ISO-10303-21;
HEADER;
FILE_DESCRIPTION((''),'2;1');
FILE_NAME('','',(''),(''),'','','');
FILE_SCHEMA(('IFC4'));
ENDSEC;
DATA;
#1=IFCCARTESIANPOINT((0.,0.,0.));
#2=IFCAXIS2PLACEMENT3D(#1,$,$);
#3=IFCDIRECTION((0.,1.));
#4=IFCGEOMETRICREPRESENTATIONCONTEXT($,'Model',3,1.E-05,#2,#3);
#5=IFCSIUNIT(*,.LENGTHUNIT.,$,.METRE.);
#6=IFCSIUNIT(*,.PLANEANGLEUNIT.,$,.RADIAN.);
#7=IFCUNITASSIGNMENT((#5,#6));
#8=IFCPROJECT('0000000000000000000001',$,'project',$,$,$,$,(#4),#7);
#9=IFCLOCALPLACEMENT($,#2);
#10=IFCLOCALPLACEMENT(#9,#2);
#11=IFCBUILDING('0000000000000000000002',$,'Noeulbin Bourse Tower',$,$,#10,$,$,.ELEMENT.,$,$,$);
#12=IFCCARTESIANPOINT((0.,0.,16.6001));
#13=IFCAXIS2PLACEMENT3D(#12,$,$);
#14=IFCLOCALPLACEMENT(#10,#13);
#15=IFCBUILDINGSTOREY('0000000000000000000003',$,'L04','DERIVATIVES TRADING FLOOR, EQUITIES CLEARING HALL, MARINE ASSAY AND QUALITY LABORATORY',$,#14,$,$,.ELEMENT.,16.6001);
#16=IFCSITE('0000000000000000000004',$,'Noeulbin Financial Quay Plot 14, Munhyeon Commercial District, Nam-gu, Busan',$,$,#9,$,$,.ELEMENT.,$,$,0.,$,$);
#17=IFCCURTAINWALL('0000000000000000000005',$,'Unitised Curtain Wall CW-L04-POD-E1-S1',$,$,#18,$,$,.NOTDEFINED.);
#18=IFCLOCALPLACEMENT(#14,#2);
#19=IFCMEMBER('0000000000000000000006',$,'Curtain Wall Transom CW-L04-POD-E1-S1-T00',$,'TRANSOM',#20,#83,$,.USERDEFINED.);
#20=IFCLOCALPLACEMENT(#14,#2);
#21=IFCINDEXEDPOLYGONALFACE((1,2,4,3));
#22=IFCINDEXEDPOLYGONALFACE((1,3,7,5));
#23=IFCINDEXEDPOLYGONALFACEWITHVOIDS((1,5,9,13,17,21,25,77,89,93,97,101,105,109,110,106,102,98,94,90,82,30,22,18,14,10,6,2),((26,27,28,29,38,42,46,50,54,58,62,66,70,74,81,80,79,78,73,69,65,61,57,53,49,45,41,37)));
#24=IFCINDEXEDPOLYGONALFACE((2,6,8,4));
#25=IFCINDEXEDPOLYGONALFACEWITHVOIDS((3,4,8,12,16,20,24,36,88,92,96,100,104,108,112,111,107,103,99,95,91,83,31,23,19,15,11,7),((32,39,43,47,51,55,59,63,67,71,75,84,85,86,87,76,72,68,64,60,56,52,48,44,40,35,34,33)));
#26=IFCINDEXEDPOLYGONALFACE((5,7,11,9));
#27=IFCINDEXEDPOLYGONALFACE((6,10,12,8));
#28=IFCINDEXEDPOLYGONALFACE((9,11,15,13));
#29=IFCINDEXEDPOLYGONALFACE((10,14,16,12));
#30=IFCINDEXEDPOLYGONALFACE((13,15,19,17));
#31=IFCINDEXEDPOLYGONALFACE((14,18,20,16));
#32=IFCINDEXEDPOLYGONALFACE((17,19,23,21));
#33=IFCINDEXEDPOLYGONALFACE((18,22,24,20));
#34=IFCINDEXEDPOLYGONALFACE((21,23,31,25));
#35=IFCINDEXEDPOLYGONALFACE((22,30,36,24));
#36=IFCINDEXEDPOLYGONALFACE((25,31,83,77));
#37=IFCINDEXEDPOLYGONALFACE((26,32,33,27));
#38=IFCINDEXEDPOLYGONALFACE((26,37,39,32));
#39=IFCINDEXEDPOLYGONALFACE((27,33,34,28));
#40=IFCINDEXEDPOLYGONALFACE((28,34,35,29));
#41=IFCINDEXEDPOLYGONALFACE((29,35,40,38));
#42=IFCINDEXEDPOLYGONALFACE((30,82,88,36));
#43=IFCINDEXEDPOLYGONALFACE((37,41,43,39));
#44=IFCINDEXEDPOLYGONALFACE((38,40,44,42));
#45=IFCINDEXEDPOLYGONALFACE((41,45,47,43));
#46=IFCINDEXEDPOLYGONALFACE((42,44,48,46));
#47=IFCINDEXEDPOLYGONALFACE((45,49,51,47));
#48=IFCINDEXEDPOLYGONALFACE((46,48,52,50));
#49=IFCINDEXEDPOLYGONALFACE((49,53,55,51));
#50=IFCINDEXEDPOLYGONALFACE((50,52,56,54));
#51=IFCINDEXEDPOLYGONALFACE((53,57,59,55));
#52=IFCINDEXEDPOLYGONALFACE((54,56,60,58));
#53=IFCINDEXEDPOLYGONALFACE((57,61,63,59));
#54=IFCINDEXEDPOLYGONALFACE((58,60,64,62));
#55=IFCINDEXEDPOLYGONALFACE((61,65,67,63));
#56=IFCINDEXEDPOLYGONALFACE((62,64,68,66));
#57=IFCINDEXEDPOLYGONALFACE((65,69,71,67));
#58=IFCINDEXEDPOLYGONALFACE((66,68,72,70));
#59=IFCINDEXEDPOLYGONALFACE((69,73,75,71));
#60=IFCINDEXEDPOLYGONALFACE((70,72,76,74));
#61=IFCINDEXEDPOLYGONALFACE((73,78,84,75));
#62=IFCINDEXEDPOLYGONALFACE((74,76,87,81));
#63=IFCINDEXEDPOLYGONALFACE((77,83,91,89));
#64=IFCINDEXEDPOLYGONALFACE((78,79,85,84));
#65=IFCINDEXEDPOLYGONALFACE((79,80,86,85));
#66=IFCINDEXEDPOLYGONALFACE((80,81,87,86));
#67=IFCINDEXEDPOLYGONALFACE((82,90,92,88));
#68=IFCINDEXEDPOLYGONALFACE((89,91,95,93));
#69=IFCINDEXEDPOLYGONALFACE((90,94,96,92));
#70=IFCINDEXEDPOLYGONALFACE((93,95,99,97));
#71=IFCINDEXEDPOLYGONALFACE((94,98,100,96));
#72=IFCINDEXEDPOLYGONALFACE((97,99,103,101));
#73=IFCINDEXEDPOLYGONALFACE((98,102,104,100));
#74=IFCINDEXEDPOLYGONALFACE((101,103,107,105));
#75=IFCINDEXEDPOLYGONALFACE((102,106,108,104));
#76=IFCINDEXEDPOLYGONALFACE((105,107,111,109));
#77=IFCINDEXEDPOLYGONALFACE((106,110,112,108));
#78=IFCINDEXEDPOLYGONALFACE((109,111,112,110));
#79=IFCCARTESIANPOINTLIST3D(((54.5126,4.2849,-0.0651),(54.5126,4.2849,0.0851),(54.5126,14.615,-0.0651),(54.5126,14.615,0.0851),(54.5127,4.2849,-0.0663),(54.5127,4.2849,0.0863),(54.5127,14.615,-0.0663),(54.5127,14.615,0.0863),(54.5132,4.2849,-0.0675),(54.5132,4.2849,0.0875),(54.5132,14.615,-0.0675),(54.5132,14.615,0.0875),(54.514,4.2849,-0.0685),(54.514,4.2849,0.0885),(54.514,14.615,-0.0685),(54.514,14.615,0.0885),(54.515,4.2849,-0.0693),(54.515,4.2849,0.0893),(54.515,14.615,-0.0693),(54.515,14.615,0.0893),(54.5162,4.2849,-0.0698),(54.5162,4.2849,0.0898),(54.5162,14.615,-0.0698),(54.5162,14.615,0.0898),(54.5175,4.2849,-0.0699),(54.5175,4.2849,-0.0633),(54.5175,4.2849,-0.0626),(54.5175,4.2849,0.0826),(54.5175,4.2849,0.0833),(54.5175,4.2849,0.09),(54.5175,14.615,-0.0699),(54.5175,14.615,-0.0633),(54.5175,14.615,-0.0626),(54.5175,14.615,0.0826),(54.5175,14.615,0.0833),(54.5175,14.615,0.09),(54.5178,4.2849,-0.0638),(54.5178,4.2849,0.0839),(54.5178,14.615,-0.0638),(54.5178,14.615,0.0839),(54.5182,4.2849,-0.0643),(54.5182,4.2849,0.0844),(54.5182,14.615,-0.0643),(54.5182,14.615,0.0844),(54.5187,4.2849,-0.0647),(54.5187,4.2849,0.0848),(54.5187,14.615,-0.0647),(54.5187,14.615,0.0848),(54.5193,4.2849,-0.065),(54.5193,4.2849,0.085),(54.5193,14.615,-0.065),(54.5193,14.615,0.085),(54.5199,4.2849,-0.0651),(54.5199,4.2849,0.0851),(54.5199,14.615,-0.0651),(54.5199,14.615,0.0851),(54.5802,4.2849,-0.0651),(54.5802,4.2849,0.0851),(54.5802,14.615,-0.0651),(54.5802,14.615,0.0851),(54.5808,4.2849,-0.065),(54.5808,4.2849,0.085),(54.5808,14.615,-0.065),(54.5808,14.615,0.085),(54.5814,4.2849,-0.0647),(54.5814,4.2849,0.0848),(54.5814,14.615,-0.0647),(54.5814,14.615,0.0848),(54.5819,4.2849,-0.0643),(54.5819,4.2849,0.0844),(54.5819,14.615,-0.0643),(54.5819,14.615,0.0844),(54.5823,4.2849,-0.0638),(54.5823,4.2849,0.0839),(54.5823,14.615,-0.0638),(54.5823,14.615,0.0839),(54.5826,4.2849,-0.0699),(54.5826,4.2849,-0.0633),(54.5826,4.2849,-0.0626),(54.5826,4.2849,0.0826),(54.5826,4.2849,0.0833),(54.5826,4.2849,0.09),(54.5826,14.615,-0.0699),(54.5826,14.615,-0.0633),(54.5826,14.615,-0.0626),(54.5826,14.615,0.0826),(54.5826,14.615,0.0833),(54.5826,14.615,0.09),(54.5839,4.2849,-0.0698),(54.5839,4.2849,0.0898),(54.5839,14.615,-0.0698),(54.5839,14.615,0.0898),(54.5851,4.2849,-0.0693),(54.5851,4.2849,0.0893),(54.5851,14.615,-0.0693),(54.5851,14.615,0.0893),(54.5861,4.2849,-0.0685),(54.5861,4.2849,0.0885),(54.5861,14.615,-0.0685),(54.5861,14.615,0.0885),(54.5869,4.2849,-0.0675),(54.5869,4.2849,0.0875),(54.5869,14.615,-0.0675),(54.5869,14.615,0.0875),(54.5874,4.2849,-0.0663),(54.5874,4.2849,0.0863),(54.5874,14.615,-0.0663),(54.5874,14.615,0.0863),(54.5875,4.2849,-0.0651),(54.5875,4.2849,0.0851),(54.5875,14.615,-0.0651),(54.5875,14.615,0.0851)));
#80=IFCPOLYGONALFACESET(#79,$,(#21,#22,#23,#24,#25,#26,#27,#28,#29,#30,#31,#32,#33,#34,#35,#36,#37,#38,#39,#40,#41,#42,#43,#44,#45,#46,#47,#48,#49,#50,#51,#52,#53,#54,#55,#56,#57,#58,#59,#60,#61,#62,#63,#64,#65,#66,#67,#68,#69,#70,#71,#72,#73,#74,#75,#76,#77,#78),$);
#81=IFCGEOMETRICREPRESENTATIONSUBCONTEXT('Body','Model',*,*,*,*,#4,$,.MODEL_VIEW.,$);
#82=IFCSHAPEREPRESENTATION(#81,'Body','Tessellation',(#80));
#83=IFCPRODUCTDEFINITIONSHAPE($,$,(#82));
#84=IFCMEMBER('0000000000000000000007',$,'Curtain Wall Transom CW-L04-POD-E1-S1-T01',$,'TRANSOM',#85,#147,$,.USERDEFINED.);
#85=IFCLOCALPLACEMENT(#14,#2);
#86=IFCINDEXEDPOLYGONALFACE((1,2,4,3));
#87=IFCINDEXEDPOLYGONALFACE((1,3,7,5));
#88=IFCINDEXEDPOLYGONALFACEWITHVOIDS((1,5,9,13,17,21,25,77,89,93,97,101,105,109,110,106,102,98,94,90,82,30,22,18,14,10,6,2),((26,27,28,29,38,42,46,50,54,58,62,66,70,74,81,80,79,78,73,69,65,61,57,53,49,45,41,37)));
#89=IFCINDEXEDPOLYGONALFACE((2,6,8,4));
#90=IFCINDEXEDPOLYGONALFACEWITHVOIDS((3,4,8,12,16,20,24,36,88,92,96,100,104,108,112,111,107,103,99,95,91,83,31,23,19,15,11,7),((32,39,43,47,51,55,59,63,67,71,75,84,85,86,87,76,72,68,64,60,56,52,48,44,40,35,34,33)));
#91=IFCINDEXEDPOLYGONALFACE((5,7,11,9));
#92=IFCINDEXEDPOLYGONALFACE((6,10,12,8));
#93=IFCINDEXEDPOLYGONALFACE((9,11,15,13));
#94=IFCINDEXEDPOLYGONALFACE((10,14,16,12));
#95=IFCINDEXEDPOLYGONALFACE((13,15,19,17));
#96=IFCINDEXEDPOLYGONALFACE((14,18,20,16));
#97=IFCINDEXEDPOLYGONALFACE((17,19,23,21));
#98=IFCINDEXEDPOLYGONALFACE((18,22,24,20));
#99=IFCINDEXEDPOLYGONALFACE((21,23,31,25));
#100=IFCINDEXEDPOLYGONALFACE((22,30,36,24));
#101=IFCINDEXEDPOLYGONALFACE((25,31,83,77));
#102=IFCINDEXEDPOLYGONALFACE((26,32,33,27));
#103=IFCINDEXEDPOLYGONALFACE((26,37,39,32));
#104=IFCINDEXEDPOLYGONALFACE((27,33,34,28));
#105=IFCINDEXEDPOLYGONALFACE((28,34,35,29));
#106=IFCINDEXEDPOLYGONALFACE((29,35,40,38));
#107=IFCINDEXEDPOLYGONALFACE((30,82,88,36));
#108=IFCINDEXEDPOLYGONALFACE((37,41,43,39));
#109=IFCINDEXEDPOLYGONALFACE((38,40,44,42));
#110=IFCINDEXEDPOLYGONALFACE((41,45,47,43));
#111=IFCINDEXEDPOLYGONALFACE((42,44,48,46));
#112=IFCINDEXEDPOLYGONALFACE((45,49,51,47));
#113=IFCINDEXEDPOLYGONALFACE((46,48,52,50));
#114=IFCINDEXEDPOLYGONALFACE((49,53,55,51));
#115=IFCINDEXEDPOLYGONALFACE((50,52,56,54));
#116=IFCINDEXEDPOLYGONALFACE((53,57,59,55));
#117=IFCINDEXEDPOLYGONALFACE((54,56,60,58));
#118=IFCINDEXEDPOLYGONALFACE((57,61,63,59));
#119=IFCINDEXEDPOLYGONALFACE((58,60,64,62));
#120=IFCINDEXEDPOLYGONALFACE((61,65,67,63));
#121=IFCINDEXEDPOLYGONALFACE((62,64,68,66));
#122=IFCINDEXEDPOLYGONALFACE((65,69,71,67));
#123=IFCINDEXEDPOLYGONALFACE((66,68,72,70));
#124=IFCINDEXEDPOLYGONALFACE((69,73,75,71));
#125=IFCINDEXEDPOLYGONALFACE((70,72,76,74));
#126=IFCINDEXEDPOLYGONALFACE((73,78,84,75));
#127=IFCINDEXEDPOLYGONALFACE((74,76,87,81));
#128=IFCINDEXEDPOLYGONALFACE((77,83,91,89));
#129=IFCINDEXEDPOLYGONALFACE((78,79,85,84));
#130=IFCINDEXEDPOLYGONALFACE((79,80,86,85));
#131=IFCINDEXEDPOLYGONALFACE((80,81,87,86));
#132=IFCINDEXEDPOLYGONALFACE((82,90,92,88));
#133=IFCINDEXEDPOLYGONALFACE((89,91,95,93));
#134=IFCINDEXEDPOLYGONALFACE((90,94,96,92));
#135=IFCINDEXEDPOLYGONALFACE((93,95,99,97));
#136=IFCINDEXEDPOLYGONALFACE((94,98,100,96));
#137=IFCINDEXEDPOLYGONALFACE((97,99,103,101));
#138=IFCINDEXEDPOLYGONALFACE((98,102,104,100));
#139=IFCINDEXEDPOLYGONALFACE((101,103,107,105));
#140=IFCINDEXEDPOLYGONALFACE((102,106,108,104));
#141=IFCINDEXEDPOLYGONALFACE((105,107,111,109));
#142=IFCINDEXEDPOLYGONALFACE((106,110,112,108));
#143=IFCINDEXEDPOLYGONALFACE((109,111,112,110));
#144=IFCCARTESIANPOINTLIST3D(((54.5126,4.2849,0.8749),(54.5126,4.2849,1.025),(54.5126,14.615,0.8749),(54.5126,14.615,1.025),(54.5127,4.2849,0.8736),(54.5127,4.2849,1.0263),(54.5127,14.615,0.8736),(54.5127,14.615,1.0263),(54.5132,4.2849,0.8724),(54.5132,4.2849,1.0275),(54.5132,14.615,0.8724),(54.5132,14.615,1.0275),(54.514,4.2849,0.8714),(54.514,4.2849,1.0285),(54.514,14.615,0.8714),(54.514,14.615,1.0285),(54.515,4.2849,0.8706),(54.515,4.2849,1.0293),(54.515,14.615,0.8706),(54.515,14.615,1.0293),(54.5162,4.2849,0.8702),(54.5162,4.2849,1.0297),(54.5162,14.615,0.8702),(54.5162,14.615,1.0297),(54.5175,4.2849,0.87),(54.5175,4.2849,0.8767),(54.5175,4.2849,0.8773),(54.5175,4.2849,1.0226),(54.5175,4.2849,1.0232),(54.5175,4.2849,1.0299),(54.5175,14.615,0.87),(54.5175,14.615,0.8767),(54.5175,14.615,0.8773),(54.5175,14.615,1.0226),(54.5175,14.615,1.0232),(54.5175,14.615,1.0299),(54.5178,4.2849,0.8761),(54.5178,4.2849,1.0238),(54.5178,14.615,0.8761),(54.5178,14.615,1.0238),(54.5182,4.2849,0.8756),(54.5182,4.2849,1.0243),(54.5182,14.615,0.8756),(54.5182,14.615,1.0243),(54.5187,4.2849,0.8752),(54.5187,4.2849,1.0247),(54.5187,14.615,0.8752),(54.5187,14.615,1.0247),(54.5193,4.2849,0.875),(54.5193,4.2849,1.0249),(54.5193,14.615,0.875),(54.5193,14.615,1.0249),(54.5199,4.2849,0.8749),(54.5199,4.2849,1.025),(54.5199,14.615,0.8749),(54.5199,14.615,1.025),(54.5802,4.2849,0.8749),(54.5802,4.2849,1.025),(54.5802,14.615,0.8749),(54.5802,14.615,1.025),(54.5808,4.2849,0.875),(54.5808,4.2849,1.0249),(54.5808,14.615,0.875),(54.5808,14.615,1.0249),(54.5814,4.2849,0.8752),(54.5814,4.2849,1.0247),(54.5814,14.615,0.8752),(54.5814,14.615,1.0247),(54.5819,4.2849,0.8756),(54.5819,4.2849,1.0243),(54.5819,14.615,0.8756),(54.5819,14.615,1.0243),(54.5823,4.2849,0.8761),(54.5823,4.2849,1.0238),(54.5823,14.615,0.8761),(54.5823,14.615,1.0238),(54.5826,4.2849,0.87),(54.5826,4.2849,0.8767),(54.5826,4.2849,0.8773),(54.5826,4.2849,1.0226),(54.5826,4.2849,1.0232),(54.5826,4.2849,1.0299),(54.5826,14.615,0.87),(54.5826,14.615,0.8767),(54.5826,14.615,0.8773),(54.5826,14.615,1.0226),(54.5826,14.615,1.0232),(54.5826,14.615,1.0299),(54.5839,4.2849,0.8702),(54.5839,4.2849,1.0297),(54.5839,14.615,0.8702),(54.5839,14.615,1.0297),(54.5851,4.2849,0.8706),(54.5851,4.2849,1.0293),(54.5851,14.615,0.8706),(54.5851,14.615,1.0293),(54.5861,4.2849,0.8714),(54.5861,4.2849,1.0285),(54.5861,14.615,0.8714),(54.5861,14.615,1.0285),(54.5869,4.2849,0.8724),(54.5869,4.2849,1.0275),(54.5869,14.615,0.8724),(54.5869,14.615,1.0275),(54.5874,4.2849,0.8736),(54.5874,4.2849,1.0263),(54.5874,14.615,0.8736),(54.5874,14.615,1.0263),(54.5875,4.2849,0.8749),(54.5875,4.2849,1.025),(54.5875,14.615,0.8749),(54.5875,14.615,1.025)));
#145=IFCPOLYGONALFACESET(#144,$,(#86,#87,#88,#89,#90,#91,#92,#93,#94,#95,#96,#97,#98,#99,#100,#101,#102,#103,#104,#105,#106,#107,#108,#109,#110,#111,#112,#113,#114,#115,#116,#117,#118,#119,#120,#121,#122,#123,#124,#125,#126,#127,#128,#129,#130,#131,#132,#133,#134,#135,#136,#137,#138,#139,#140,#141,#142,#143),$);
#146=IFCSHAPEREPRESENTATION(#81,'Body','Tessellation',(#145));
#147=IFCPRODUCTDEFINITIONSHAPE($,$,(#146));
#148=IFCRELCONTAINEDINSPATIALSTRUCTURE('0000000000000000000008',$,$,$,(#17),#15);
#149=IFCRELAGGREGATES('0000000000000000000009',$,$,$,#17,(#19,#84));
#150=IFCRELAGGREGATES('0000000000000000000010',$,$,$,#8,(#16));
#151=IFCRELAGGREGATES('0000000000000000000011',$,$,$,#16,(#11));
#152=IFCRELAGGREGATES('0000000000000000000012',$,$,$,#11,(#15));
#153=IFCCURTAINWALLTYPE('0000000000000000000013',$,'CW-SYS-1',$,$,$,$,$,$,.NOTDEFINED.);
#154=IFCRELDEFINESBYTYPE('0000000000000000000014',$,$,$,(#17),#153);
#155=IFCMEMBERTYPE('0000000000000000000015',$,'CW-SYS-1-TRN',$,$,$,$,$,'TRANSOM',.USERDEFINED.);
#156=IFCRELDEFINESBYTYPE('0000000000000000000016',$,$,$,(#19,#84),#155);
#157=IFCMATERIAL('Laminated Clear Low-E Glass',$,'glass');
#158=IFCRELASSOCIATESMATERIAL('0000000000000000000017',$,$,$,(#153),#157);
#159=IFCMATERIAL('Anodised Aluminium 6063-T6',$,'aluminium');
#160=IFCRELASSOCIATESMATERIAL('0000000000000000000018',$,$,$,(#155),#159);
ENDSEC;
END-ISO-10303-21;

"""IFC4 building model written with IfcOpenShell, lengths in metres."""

from ifc_helpers import new_model, si_unit, direction, frame, origin, origin_2d, place, context, subcontext, project, spatial, hollow_rectangle, extrude, material, material_profile, profile_set, type_object, element, aggregate, save


model = new_model("IFC4")

# Units and contexts
model_context = context("Model", 3, precision=1e-05, world=origin(), true_north=direction((0.0, 1.0)))
body_context = subcontext(model_context, "Body", "Model", "MODEL_VIEW")
ifc_project = project(units=[si_unit("LENGTHUNIT", "METRE"), si_unit("PLANEANGLEUNIT", "RADIAN")], contexts=[model_context])

# Site, building, storey
site_placement = place(None, origin())
site = spatial("IfcSite", under=ifc_project, at=site_placement, Name="Noeulbin Financial Quay Plot 14, Munhyeon Commercial District, Nam-gu, Busan", CompositionType="ELEMENT", RefElevation=0.0)
building_placement = place(site_placement, origin())
building = spatial("IfcBuilding", under=site, at=building_placement, Name="Noeulbin Bourse Tower", CompositionType="ELEMENT")
storey_placement = place(building_placement, frame((0.0, 0.0, 16.6001)))
storey = spatial("IfcBuildingStorey", under=building, at=storey_placement, Name="L04", Description="DERIVATIVES TRADING FLOOR, EQUITIES CLEARING HALL, MARINE ASSAY AND QUALITY LABORATORY", CompositionType="ELEMENT", Elevation=16.6001)

# Shared definitions
ifc_material_1 = material(Name="Laminated Clear Low-E Glass", Category="glass")
curtain_wall_type = type_object("IfcCurtainWallType", Name="CW-SYS-1", PredefinedType="NOTDEFINED", material=ifc_material_1)
ifc_material_2 = material(Name="Anodised Aluminium 6063-T6", Category="aluminium")

# Curtain wall
curtain_wall_1_placement = place(storey_placement, origin())
curtain_wall_1 = element("IfcCurtainWall", 1, at=curtain_wall_1_placement, inside=storey, type_object=curtain_wall_type, Name="Unitised Curtain Wall CW-L04-POD-E1-S1", PredefinedType="NOTDEFINED")

# Members
ifc_material_profile_1 = material_profile(ifc_material_2, hollow_rectangle(XDim=0.075, YDim=0.1599, WallThickness=0.0049, InnerFilletRadius=0.0024, OuterFilletRadius=0.0049, at=origin_2d()), Name="ALU-TRAN-75x160x5", Category="LoadBearing")
ifc_profile_set_1 = profile_set([ifc_material_profile_1], Name="Anodised Aluminium 6063-T6")
member_type_1 = type_object("IfcMemberType", Name="CW-SYS-1-TRN", ElementType="TRANSOM", PredefinedType="USERDEFINED", material=ifc_profile_set_1)
member_1_placement = place(storey_placement, frame((54.55, 4.2849, 0.01), z_axis=(0.0, 1.0, 0.0), x_axis=(-1.0, 0.0, 0.0)))
member_1 = element("IfcMember", 2, at=member_1_placement, type_object=member_type_1, Name="Curtain Wall Transom CW-L04-POD-E1-S1-T00", ObjectType="TRANSOM", PredefinedType="USERDEFINED", context=body_context, shape_type="SweptSolid", body=[
    extrude(hollow_rectangle(XDim=0.075, YDim=0.1599, WallThickness=0.0049, InnerFilletRadius=0.0024, OuterFilletRadius=0.0049, at=origin_2d()), origin(), (0.0, 0.0, 1.0), 10.3301),
])
member_2_placement = place(storey_placement, frame((54.55, 4.2849, 0.95), z_axis=(0.0, 1.0, 0.0), x_axis=(-1.0, 0.0, 0.0)))
member_2 = element("IfcMember", 3, at=member_2_placement, type_object=member_type_1, Name="Curtain Wall Transom CW-L04-POD-E1-S1-T01", ObjectType="TRANSOM", PredefinedType="USERDEFINED", context=body_context, shape_type="SweptSolid", body=[
    extrude(hollow_rectangle(XDim=0.075, YDim=0.1599, WallThickness=0.0049, InnerFilletRadius=0.0024, OuterFilletRadius=0.0049, at=origin_2d()), origin(), (0.0, 0.0, 1.0), 10.3301),
])

aggregate(curtain_wall_1, [member_1, member_2])

save(model, "model.ifc")
